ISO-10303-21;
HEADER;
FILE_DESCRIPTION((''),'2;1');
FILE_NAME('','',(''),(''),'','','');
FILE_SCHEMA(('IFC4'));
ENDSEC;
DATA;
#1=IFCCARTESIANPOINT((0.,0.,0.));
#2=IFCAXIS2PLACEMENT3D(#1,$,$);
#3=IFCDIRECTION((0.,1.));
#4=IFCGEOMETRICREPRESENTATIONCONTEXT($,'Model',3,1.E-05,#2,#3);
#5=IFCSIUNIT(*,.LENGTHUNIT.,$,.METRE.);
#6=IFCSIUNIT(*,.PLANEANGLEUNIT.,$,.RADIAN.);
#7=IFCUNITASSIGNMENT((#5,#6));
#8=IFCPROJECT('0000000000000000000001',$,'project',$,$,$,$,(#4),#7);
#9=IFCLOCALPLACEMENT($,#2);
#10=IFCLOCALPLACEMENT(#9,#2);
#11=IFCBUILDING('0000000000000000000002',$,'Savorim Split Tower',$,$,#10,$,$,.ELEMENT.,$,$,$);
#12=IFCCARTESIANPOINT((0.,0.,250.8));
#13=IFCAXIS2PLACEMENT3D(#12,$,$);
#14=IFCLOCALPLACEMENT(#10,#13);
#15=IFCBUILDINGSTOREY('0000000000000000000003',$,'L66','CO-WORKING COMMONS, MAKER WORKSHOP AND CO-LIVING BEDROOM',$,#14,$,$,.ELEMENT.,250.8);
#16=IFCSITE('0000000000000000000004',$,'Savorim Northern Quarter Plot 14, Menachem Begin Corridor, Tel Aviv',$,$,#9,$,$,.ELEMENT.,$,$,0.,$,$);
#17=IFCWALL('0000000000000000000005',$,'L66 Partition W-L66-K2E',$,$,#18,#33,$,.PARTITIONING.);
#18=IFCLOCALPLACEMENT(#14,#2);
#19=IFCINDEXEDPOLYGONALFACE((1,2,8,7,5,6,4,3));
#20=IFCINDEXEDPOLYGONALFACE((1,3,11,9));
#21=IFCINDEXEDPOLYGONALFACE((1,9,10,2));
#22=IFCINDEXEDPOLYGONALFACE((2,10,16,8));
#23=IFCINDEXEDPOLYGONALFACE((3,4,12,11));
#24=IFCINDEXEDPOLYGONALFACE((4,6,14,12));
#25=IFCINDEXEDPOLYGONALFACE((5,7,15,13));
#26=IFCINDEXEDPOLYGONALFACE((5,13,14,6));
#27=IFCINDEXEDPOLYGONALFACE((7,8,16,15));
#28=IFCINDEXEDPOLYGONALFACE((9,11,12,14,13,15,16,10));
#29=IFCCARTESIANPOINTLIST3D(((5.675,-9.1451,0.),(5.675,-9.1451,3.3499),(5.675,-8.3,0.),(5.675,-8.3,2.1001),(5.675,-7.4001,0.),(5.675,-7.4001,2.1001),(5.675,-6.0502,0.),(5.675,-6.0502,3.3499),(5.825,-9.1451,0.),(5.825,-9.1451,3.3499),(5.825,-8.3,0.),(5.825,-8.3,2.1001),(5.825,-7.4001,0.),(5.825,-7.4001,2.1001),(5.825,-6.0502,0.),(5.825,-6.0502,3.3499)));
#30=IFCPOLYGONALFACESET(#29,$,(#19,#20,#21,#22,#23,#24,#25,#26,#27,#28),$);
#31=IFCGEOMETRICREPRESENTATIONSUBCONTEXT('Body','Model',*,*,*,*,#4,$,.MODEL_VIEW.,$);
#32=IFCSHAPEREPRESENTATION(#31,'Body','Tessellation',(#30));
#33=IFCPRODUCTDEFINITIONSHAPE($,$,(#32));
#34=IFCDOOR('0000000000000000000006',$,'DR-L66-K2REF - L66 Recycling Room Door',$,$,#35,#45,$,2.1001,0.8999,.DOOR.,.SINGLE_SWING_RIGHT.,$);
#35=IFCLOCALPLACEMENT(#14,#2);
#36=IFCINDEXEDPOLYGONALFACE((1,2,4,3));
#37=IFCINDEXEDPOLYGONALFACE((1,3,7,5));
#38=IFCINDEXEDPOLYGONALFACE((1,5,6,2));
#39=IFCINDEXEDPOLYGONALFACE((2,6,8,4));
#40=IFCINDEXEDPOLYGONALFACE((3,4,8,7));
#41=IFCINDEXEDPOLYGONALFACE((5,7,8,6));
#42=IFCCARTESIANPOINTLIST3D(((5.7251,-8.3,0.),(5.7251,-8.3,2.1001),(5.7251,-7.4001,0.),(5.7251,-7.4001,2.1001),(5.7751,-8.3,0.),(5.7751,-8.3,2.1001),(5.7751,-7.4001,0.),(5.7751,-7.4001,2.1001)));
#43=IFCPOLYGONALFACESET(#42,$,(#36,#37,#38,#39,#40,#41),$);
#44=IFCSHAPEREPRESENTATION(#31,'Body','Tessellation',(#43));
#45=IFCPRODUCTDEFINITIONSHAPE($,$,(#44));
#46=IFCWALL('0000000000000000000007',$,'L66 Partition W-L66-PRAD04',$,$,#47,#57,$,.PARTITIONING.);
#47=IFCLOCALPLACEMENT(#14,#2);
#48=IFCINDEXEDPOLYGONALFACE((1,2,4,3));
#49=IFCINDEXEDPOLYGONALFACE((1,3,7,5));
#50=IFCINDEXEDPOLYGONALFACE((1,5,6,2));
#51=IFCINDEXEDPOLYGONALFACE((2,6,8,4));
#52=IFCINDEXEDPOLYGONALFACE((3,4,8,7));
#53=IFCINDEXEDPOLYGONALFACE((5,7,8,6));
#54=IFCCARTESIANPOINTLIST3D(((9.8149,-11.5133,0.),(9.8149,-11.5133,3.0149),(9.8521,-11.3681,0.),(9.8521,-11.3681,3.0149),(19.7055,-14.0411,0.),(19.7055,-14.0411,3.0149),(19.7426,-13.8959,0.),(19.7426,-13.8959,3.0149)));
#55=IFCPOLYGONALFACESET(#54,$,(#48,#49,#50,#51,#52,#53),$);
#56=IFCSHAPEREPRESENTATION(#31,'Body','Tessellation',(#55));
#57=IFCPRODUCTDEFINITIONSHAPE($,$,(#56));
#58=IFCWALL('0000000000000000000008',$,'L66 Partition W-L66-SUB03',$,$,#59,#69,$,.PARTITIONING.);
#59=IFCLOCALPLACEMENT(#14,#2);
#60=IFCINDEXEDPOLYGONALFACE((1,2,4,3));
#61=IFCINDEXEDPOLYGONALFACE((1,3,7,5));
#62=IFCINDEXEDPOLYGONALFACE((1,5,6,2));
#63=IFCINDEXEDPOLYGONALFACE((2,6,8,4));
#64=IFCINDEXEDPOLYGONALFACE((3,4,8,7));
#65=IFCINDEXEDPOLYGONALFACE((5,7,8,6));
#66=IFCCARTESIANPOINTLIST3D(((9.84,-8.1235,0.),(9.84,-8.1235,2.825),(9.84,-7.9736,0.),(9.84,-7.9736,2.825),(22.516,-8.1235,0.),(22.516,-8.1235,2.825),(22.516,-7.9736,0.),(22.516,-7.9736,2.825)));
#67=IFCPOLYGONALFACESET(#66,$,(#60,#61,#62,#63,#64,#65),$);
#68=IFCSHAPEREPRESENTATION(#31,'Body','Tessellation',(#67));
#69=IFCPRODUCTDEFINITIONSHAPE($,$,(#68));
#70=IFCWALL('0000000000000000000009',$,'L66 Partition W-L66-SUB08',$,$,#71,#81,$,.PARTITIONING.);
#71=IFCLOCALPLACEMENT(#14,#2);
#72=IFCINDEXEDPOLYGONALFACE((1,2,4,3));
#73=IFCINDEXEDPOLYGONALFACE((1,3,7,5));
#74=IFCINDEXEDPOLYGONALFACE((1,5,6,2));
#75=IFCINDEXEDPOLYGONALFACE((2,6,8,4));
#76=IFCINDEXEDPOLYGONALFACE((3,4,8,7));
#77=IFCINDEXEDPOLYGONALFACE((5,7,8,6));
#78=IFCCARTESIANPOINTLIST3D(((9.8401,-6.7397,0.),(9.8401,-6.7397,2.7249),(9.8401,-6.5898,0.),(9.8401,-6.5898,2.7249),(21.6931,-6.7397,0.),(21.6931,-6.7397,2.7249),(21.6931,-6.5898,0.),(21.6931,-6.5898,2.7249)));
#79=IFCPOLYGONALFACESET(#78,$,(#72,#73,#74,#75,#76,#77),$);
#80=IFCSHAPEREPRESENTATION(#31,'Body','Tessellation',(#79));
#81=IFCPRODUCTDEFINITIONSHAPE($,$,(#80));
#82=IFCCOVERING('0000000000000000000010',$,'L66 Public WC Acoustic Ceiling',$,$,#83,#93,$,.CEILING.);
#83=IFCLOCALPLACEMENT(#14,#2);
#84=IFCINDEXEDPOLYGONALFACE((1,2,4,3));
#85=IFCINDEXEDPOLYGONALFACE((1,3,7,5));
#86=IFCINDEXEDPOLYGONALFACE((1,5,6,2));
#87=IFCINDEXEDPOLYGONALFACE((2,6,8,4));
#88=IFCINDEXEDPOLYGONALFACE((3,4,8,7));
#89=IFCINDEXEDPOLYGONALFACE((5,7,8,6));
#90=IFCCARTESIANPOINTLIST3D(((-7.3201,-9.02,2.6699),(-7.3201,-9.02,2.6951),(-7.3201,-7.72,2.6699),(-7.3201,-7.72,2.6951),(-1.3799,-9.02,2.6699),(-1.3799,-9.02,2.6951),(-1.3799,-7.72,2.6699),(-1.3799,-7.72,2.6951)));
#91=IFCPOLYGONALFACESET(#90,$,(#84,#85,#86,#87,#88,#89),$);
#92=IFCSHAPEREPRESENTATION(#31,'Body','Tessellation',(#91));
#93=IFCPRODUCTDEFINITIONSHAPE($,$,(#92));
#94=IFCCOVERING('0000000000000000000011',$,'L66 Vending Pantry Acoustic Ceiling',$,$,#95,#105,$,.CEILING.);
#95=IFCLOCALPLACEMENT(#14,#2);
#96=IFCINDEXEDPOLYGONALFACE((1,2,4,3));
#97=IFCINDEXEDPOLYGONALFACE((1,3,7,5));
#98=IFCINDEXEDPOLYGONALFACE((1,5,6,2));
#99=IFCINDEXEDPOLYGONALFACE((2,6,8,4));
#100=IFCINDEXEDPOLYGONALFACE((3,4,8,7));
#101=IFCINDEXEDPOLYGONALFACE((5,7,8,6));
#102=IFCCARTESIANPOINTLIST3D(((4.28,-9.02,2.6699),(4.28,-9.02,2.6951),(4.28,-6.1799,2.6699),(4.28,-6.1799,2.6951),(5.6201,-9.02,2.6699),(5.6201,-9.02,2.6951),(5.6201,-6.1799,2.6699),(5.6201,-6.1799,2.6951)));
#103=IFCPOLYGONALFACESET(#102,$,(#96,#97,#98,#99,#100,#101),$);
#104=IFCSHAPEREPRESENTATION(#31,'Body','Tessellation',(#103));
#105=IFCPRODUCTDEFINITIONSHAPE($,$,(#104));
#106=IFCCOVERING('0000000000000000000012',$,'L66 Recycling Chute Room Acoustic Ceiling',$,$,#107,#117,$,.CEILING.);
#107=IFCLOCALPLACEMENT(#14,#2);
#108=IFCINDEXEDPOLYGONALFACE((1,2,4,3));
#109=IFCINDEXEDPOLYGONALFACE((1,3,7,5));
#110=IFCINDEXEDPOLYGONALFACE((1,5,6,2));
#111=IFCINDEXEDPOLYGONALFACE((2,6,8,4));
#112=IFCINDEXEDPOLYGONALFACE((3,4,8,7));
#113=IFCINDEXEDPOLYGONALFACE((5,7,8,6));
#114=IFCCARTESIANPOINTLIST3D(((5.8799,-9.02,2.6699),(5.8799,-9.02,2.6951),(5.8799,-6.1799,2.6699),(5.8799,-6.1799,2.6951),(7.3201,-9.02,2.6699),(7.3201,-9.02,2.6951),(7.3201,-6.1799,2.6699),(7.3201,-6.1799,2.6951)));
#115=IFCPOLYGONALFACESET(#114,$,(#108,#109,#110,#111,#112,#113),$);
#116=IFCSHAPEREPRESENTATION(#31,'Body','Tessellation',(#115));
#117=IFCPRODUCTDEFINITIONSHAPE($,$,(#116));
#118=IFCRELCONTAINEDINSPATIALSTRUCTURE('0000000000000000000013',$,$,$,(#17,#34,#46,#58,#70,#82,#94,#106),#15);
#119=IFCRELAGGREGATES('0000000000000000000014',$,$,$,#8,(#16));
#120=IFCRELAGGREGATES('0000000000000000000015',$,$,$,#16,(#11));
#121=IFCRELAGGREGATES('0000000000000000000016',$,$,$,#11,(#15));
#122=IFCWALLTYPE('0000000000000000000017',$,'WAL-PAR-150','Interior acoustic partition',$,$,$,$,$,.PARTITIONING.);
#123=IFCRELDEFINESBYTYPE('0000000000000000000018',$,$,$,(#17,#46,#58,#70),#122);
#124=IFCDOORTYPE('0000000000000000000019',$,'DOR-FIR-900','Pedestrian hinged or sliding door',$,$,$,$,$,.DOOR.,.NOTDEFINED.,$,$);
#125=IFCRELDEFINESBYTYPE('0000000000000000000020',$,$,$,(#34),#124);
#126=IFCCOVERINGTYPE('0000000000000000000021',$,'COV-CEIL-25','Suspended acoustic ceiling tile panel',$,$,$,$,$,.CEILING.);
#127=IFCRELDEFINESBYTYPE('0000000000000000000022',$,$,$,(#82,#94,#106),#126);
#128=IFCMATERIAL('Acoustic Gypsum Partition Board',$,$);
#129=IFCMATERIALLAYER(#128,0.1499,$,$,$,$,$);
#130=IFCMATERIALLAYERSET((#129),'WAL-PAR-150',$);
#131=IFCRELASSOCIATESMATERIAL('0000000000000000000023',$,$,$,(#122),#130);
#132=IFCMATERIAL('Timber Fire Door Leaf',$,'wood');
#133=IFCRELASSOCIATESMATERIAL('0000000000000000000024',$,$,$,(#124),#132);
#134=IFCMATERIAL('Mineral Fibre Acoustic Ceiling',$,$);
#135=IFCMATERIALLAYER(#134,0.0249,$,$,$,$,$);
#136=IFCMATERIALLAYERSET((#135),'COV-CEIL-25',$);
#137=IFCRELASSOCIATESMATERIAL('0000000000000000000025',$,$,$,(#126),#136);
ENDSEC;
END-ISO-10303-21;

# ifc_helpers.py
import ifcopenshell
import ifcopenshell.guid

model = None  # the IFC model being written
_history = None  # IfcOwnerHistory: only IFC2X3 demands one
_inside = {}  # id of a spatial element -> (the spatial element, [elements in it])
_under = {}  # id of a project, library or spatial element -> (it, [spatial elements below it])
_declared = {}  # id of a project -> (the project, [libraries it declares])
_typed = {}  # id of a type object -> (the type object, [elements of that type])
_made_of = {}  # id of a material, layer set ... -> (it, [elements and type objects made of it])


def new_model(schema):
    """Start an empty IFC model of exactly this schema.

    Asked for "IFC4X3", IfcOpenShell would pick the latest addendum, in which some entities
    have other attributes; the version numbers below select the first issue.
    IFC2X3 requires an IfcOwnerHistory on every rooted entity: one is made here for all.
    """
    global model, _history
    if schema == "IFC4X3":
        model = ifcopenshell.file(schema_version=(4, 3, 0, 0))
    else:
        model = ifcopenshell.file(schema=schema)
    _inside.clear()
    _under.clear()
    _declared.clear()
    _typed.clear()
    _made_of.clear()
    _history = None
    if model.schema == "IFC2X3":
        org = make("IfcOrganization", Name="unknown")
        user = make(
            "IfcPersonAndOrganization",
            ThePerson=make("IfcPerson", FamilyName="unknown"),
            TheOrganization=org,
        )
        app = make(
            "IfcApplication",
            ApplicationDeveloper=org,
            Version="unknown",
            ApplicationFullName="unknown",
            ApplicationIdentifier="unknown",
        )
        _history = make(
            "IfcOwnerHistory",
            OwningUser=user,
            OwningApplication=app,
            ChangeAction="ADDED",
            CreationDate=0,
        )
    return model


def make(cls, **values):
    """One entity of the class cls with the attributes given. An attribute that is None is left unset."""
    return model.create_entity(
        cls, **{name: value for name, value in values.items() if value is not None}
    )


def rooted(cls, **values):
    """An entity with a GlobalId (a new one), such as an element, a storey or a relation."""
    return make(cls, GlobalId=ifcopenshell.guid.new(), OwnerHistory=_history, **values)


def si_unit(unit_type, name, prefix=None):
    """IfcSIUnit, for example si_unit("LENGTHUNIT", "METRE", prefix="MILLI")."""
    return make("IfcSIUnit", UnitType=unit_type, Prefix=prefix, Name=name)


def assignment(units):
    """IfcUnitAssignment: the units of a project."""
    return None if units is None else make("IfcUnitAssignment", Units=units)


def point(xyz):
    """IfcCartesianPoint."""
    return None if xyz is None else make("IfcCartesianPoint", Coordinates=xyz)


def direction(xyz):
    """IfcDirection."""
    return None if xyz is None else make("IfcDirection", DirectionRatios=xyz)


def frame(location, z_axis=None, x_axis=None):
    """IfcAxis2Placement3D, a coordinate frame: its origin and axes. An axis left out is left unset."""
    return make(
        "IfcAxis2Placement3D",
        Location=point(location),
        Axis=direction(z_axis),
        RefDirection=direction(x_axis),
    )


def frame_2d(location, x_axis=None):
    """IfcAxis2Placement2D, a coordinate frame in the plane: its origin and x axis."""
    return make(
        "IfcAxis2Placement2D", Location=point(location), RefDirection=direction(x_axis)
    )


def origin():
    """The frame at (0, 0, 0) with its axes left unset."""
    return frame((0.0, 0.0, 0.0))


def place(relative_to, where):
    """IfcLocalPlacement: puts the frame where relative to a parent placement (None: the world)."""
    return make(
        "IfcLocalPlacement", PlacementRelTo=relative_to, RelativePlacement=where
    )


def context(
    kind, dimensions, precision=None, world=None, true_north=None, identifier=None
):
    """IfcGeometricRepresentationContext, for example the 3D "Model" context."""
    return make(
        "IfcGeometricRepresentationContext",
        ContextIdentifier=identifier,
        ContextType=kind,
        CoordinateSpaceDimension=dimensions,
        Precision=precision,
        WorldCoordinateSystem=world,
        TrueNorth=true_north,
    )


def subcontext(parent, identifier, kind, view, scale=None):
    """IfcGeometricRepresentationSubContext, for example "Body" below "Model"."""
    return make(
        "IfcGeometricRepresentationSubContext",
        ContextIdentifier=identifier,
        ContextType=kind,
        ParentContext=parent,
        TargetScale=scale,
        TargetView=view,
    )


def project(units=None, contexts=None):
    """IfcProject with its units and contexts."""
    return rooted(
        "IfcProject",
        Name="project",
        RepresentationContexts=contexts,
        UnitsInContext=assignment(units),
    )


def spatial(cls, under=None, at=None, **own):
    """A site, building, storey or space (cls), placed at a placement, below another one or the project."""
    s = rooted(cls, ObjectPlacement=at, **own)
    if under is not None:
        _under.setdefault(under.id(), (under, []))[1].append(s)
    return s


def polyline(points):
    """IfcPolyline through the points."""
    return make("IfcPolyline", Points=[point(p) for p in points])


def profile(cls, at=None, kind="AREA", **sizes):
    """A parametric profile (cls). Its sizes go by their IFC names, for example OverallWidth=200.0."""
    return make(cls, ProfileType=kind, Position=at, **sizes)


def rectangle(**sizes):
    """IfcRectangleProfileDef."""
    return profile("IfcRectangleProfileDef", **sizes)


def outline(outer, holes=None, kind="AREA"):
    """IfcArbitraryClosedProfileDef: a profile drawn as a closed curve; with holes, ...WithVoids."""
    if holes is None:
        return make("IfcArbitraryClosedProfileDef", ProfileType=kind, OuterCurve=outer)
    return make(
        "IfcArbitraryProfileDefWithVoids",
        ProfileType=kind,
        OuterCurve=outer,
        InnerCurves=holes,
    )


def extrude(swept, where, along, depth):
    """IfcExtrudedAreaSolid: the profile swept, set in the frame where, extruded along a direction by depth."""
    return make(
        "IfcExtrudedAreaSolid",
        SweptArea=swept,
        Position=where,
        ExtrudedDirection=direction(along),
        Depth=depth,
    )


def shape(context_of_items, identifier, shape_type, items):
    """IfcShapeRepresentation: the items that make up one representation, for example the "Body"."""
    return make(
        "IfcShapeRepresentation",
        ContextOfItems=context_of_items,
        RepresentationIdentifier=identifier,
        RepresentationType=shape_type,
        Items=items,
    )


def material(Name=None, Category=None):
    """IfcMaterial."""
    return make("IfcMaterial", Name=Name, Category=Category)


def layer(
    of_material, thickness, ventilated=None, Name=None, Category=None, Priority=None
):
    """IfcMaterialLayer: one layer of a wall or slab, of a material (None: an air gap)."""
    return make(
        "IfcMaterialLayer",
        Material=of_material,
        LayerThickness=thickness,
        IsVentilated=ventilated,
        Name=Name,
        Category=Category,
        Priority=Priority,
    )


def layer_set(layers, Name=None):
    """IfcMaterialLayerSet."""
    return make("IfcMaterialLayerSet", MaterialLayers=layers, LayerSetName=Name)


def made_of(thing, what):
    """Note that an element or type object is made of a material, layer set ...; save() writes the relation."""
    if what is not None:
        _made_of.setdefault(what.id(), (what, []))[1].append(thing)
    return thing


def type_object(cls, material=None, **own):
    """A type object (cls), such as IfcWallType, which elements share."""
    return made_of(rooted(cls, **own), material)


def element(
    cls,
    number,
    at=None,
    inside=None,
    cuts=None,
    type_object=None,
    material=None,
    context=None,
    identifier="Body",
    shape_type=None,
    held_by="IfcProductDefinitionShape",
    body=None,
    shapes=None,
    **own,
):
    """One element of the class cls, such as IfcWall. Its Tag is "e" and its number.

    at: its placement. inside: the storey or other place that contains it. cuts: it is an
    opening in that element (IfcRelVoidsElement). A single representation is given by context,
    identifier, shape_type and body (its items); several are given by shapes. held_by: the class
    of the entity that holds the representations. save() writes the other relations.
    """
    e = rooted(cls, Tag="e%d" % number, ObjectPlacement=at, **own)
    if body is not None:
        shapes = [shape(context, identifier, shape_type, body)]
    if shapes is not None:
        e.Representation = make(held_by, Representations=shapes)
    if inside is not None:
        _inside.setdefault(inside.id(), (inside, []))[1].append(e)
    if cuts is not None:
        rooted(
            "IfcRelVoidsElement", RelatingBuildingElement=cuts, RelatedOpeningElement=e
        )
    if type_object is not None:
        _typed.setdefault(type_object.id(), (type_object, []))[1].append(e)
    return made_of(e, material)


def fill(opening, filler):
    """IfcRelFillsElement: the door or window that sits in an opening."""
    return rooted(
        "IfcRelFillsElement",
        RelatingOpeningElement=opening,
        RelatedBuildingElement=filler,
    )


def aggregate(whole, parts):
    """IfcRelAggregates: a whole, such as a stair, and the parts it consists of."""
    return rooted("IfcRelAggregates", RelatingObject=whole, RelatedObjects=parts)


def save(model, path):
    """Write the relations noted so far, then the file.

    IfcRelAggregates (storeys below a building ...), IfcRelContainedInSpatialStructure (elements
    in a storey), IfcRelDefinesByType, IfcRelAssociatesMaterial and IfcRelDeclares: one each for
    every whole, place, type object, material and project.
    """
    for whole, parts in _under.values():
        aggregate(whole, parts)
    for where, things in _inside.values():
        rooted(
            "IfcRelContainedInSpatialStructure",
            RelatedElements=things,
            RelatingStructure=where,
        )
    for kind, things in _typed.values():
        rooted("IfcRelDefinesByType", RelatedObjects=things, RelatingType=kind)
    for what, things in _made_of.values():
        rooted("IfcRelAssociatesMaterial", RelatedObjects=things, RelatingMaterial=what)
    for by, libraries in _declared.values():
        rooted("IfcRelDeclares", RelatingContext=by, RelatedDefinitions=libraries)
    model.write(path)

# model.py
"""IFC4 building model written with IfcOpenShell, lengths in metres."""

from ifc_helpers import new_model, si_unit, direction, frame, frame_2d, origin, place, context, subcontext, project, spatial, polyline, rectangle, outline, extrude, material, layer, layer_set, type_object, element, fill, save


model = new_model("IFC4")

# Units and contexts
model_context = context("Model", 3, precision=1e-05, world=origin(), true_north=direction((0.0, 1.0)))
body_context = subcontext(model_context, "Body", "Model", "MODEL_VIEW")
ifc_project = project(units=[si_unit("LENGTHUNIT", "METRE"), si_unit("PLANEANGLEUNIT", "RADIAN")], contexts=[model_context])

# Site, building, storey
site_placement = place(None, origin())
site = spatial("IfcSite", under=ifc_project, at=site_placement, Name="Savorim Northern Quarter Plot 14, Menachem Begin Corridor, Tel Aviv", CompositionType="ELEMENT", RefElevation=0.0)
building_placement = place(site_placement, origin())
building = spatial("IfcBuilding", under=site, at=building_placement, Name="Savorim Split Tower", CompositionType="ELEMENT")
storey_placement = place(building_placement, frame((0.0, 0.0, 250.8)))
storey = spatial("IfcBuildingStorey", under=building, at=storey_placement, Name="L66", Description="CO-WORKING COMMONS, MAKER WORKSHOP AND CO-LIVING BEDROOM", CompositionType="ELEMENT", Elevation=250.8)

# Shared definitions
ifc_material_1 = material(Name="Timber Fire Door Leaf", Category="wood")

# Wall, opening, door
ifc_material_2 = material(Name="Acoustic Gypsum Partition Board")
ifc_layer_1 = layer(ifc_material_2, 0.1499)
ifc_layer_set_1 = layer_set([ifc_layer_1], Name="WAL-PAR-150")
wall_type_1 = type_object("IfcWallType", Name="WAL-PAR-150", Description="Interior acoustic partition", PredefinedType="PARTITIONING", material=ifc_layer_set_1)
door_type_1 = type_object("IfcDoorType", Name="DOR-FIR-900", Description="Pedestrian hinged or sliding door", OperationType="NOTDEFINED", PredefinedType="DOOR", material=ifc_material_1)
wall_1_placement = place(storey_placement, frame((5.75, -9.145, 0.0), z_axis=(0.0, 0.0, 1.0), x_axis=(0.0, 1.0, 0.0)))
wall_1 = element("IfcWall", 1, at=wall_1_placement, inside=storey, type_object=wall_type_1, Name="L66 Partition W-L66-K2E", PredefinedType="PARTITIONING", context=body_context, shape_type="SweptSolid", body=[
    extrude(rectangle(XDim=3.095, YDim=0.1499, at=frame_2d((1.5474, 0.0))), origin(), (0.0, 0.0, 1.0), 3.3499),
])
opening_1_placement = place(wall_1_placement, frame((0.845, 0.0, 0.0)))
opening_1 = element("IfcOpeningElement", 2, at=opening_1_placement, cuts=wall_1, PredefinedType="OPENING", context=body_context, shape_type="SweptSolid", body=[
    extrude(rectangle(XDim=0.8999, YDim=2.1001, at=frame_2d((0.45, 1.05))), frame((0.0, 0.085, 0.0), z_axis=(0.0, -1.0, 0.0), x_axis=(1.0, 0.0, 0.0)), (0.0, 0.0, 1.0), 0.1699),
])
door_1_placement = place(opening_1_placement, origin())
door_1 = element("IfcDoor", 3, at=door_1_placement, inside=storey, type_object=door_type_1, Name="DR-L66-K2REF - L66 Recycling Room Door", OperationType="SINGLE_SWING_RIGHT", OverallHeight=2.1001, OverallWidth=0.8999, PredefinedType="DOOR", context=body_context, shape_type="SweptSolid", body=[
    extrude(rectangle(XDim=0.8999, YDim=2.1001, at=frame_2d((0.45, 1.05))), frame((0.0, 0.0249, 0.0), z_axis=(0.0, -1.0, 0.0), x_axis=(1.0, 0.0, 0.0)), (0.0, 0.0, 1.0), 0.05),
])
fill(opening_1, door_1)

# Walls
wall_2_placement = place(storey_placement, frame((9.8335, -11.4407, 0.0), z_axis=(0.0, 0.0, 1.0), x_axis=(0.968857, -0.247619, 0.0)))
element("IfcWall", 4, at=wall_2_placement, inside=storey, type_object=wall_type_1, Name="L66 Partition W-L66-PRAD04", PredefinedType="PARTITIONING", context=body_context, shape_type="SweptSolid", body=[
    extrude(rectangle(XDim=10.2085, YDim=0.1499, at=frame_2d((5.1042, 0.0))), origin(), (0.0, 0.0, 1.0), 3.0149),
])
wall_3_placement = place(storey_placement, frame((9.8401, -8.0486, 0.0), z_axis=(0.0, 0.0, 1.0), x_axis=(1.0, 0.0, 0.0)))
element("IfcWall", 5, at=wall_3_placement, inside=storey, type_object=wall_type_1, Name="L66 Partition W-L66-SUB03", PredefinedType="PARTITIONING", context=body_context, shape_type="SweptSolid", body=[
    extrude(rectangle(XDim=12.676, YDim=0.1499, at=frame_2d((6.3379, 0.0))), origin(), (0.0, 0.0, 1.0), 2.825),
])
wall_4_placement = place(storey_placement, frame((9.8401, -6.6648, 0.0), z_axis=(0.0, 0.0, 1.0), x_axis=(1.0, 0.0, 0.0)))
element("IfcWall", 6, at=wall_4_placement, inside=storey, type_object=wall_type_1, Name="L66 Partition W-L66-SUB08", PredefinedType="PARTITIONING", context=body_context, shape_type="SweptSolid", body=[
    extrude(rectangle(XDim=11.853, YDim=0.1499, at=frame_2d((5.9265, 0.0))), origin(), (0.0, 0.0, 1.0), 2.7249),
])

# Coverings
ifc_material_3 = material(Name="Mineral Fibre Acoustic Ceiling")
ifc_layer_2 = layer(ifc_material_3, 0.0249)
ifc_layer_set_2 = layer_set([ifc_layer_2], Name="COV-CEIL-25")
covering_type_1 = type_object("IfcCoveringType", Name="COV-CEIL-25", Description="Suspended acoustic ceiling tile panel", PredefinedType="CEILING", material=ifc_layer_set_2)
covering_1_placement = place(storey_placement, frame((0.0, 0.0, 2.6699)))
element("IfcCovering", 7, at=covering_1_placement, inside=storey, type_object=covering_type_1, Name="L66 Public WC Acoustic Ceiling", PredefinedType="CEILING", context=body_context, shape_type="SweptSolid", body=[
    extrude(outline(polyline([(-7.3201, -7.72), (-7.3201, -9.02), (-1.3799, -9.02), (-1.3799, -7.72), (-7.3201, -7.72)])), origin(), (0.0, 0.0, 1.0), 0.0251),
])
covering_2_placement = place(storey_placement, frame((0.0, 0.0, 2.6699)))
element("IfcCovering", 8, at=covering_2_placement, inside=storey, type_object=covering_type_1, Name="L66 Vending Pantry Acoustic Ceiling", PredefinedType="CEILING", context=body_context, shape_type="SweptSolid", body=[
    extrude(outline(polyline([(4.28, -6.1799), (4.28, -9.02), (5.6201, -9.02), (5.6201, -6.1799), (4.28, -6.1799)])), origin(), (0.0, 0.0, 1.0), 0.0251),
])
covering_3_placement = place(storey_placement, frame((0.0, 0.0, 2.6699)))
element("IfcCovering", 9, at=covering_3_placement, inside=storey, type_object=covering_type_1, Name="L66 Recycling Chute Room Acoustic Ceiling", PredefinedType="CEILING", context=body_context, shape_type="SweptSolid", body=[
    extrude(outline(polyline([(5.8799, -6.1799), (5.8799, -9.02), (7.3201, -9.02), (7.3201, -6.1799), (5.8799, -6.1799)])), origin(), (0.0, 0.0, 1.0), 0.0251),
])

save(model, "model.ifc")
